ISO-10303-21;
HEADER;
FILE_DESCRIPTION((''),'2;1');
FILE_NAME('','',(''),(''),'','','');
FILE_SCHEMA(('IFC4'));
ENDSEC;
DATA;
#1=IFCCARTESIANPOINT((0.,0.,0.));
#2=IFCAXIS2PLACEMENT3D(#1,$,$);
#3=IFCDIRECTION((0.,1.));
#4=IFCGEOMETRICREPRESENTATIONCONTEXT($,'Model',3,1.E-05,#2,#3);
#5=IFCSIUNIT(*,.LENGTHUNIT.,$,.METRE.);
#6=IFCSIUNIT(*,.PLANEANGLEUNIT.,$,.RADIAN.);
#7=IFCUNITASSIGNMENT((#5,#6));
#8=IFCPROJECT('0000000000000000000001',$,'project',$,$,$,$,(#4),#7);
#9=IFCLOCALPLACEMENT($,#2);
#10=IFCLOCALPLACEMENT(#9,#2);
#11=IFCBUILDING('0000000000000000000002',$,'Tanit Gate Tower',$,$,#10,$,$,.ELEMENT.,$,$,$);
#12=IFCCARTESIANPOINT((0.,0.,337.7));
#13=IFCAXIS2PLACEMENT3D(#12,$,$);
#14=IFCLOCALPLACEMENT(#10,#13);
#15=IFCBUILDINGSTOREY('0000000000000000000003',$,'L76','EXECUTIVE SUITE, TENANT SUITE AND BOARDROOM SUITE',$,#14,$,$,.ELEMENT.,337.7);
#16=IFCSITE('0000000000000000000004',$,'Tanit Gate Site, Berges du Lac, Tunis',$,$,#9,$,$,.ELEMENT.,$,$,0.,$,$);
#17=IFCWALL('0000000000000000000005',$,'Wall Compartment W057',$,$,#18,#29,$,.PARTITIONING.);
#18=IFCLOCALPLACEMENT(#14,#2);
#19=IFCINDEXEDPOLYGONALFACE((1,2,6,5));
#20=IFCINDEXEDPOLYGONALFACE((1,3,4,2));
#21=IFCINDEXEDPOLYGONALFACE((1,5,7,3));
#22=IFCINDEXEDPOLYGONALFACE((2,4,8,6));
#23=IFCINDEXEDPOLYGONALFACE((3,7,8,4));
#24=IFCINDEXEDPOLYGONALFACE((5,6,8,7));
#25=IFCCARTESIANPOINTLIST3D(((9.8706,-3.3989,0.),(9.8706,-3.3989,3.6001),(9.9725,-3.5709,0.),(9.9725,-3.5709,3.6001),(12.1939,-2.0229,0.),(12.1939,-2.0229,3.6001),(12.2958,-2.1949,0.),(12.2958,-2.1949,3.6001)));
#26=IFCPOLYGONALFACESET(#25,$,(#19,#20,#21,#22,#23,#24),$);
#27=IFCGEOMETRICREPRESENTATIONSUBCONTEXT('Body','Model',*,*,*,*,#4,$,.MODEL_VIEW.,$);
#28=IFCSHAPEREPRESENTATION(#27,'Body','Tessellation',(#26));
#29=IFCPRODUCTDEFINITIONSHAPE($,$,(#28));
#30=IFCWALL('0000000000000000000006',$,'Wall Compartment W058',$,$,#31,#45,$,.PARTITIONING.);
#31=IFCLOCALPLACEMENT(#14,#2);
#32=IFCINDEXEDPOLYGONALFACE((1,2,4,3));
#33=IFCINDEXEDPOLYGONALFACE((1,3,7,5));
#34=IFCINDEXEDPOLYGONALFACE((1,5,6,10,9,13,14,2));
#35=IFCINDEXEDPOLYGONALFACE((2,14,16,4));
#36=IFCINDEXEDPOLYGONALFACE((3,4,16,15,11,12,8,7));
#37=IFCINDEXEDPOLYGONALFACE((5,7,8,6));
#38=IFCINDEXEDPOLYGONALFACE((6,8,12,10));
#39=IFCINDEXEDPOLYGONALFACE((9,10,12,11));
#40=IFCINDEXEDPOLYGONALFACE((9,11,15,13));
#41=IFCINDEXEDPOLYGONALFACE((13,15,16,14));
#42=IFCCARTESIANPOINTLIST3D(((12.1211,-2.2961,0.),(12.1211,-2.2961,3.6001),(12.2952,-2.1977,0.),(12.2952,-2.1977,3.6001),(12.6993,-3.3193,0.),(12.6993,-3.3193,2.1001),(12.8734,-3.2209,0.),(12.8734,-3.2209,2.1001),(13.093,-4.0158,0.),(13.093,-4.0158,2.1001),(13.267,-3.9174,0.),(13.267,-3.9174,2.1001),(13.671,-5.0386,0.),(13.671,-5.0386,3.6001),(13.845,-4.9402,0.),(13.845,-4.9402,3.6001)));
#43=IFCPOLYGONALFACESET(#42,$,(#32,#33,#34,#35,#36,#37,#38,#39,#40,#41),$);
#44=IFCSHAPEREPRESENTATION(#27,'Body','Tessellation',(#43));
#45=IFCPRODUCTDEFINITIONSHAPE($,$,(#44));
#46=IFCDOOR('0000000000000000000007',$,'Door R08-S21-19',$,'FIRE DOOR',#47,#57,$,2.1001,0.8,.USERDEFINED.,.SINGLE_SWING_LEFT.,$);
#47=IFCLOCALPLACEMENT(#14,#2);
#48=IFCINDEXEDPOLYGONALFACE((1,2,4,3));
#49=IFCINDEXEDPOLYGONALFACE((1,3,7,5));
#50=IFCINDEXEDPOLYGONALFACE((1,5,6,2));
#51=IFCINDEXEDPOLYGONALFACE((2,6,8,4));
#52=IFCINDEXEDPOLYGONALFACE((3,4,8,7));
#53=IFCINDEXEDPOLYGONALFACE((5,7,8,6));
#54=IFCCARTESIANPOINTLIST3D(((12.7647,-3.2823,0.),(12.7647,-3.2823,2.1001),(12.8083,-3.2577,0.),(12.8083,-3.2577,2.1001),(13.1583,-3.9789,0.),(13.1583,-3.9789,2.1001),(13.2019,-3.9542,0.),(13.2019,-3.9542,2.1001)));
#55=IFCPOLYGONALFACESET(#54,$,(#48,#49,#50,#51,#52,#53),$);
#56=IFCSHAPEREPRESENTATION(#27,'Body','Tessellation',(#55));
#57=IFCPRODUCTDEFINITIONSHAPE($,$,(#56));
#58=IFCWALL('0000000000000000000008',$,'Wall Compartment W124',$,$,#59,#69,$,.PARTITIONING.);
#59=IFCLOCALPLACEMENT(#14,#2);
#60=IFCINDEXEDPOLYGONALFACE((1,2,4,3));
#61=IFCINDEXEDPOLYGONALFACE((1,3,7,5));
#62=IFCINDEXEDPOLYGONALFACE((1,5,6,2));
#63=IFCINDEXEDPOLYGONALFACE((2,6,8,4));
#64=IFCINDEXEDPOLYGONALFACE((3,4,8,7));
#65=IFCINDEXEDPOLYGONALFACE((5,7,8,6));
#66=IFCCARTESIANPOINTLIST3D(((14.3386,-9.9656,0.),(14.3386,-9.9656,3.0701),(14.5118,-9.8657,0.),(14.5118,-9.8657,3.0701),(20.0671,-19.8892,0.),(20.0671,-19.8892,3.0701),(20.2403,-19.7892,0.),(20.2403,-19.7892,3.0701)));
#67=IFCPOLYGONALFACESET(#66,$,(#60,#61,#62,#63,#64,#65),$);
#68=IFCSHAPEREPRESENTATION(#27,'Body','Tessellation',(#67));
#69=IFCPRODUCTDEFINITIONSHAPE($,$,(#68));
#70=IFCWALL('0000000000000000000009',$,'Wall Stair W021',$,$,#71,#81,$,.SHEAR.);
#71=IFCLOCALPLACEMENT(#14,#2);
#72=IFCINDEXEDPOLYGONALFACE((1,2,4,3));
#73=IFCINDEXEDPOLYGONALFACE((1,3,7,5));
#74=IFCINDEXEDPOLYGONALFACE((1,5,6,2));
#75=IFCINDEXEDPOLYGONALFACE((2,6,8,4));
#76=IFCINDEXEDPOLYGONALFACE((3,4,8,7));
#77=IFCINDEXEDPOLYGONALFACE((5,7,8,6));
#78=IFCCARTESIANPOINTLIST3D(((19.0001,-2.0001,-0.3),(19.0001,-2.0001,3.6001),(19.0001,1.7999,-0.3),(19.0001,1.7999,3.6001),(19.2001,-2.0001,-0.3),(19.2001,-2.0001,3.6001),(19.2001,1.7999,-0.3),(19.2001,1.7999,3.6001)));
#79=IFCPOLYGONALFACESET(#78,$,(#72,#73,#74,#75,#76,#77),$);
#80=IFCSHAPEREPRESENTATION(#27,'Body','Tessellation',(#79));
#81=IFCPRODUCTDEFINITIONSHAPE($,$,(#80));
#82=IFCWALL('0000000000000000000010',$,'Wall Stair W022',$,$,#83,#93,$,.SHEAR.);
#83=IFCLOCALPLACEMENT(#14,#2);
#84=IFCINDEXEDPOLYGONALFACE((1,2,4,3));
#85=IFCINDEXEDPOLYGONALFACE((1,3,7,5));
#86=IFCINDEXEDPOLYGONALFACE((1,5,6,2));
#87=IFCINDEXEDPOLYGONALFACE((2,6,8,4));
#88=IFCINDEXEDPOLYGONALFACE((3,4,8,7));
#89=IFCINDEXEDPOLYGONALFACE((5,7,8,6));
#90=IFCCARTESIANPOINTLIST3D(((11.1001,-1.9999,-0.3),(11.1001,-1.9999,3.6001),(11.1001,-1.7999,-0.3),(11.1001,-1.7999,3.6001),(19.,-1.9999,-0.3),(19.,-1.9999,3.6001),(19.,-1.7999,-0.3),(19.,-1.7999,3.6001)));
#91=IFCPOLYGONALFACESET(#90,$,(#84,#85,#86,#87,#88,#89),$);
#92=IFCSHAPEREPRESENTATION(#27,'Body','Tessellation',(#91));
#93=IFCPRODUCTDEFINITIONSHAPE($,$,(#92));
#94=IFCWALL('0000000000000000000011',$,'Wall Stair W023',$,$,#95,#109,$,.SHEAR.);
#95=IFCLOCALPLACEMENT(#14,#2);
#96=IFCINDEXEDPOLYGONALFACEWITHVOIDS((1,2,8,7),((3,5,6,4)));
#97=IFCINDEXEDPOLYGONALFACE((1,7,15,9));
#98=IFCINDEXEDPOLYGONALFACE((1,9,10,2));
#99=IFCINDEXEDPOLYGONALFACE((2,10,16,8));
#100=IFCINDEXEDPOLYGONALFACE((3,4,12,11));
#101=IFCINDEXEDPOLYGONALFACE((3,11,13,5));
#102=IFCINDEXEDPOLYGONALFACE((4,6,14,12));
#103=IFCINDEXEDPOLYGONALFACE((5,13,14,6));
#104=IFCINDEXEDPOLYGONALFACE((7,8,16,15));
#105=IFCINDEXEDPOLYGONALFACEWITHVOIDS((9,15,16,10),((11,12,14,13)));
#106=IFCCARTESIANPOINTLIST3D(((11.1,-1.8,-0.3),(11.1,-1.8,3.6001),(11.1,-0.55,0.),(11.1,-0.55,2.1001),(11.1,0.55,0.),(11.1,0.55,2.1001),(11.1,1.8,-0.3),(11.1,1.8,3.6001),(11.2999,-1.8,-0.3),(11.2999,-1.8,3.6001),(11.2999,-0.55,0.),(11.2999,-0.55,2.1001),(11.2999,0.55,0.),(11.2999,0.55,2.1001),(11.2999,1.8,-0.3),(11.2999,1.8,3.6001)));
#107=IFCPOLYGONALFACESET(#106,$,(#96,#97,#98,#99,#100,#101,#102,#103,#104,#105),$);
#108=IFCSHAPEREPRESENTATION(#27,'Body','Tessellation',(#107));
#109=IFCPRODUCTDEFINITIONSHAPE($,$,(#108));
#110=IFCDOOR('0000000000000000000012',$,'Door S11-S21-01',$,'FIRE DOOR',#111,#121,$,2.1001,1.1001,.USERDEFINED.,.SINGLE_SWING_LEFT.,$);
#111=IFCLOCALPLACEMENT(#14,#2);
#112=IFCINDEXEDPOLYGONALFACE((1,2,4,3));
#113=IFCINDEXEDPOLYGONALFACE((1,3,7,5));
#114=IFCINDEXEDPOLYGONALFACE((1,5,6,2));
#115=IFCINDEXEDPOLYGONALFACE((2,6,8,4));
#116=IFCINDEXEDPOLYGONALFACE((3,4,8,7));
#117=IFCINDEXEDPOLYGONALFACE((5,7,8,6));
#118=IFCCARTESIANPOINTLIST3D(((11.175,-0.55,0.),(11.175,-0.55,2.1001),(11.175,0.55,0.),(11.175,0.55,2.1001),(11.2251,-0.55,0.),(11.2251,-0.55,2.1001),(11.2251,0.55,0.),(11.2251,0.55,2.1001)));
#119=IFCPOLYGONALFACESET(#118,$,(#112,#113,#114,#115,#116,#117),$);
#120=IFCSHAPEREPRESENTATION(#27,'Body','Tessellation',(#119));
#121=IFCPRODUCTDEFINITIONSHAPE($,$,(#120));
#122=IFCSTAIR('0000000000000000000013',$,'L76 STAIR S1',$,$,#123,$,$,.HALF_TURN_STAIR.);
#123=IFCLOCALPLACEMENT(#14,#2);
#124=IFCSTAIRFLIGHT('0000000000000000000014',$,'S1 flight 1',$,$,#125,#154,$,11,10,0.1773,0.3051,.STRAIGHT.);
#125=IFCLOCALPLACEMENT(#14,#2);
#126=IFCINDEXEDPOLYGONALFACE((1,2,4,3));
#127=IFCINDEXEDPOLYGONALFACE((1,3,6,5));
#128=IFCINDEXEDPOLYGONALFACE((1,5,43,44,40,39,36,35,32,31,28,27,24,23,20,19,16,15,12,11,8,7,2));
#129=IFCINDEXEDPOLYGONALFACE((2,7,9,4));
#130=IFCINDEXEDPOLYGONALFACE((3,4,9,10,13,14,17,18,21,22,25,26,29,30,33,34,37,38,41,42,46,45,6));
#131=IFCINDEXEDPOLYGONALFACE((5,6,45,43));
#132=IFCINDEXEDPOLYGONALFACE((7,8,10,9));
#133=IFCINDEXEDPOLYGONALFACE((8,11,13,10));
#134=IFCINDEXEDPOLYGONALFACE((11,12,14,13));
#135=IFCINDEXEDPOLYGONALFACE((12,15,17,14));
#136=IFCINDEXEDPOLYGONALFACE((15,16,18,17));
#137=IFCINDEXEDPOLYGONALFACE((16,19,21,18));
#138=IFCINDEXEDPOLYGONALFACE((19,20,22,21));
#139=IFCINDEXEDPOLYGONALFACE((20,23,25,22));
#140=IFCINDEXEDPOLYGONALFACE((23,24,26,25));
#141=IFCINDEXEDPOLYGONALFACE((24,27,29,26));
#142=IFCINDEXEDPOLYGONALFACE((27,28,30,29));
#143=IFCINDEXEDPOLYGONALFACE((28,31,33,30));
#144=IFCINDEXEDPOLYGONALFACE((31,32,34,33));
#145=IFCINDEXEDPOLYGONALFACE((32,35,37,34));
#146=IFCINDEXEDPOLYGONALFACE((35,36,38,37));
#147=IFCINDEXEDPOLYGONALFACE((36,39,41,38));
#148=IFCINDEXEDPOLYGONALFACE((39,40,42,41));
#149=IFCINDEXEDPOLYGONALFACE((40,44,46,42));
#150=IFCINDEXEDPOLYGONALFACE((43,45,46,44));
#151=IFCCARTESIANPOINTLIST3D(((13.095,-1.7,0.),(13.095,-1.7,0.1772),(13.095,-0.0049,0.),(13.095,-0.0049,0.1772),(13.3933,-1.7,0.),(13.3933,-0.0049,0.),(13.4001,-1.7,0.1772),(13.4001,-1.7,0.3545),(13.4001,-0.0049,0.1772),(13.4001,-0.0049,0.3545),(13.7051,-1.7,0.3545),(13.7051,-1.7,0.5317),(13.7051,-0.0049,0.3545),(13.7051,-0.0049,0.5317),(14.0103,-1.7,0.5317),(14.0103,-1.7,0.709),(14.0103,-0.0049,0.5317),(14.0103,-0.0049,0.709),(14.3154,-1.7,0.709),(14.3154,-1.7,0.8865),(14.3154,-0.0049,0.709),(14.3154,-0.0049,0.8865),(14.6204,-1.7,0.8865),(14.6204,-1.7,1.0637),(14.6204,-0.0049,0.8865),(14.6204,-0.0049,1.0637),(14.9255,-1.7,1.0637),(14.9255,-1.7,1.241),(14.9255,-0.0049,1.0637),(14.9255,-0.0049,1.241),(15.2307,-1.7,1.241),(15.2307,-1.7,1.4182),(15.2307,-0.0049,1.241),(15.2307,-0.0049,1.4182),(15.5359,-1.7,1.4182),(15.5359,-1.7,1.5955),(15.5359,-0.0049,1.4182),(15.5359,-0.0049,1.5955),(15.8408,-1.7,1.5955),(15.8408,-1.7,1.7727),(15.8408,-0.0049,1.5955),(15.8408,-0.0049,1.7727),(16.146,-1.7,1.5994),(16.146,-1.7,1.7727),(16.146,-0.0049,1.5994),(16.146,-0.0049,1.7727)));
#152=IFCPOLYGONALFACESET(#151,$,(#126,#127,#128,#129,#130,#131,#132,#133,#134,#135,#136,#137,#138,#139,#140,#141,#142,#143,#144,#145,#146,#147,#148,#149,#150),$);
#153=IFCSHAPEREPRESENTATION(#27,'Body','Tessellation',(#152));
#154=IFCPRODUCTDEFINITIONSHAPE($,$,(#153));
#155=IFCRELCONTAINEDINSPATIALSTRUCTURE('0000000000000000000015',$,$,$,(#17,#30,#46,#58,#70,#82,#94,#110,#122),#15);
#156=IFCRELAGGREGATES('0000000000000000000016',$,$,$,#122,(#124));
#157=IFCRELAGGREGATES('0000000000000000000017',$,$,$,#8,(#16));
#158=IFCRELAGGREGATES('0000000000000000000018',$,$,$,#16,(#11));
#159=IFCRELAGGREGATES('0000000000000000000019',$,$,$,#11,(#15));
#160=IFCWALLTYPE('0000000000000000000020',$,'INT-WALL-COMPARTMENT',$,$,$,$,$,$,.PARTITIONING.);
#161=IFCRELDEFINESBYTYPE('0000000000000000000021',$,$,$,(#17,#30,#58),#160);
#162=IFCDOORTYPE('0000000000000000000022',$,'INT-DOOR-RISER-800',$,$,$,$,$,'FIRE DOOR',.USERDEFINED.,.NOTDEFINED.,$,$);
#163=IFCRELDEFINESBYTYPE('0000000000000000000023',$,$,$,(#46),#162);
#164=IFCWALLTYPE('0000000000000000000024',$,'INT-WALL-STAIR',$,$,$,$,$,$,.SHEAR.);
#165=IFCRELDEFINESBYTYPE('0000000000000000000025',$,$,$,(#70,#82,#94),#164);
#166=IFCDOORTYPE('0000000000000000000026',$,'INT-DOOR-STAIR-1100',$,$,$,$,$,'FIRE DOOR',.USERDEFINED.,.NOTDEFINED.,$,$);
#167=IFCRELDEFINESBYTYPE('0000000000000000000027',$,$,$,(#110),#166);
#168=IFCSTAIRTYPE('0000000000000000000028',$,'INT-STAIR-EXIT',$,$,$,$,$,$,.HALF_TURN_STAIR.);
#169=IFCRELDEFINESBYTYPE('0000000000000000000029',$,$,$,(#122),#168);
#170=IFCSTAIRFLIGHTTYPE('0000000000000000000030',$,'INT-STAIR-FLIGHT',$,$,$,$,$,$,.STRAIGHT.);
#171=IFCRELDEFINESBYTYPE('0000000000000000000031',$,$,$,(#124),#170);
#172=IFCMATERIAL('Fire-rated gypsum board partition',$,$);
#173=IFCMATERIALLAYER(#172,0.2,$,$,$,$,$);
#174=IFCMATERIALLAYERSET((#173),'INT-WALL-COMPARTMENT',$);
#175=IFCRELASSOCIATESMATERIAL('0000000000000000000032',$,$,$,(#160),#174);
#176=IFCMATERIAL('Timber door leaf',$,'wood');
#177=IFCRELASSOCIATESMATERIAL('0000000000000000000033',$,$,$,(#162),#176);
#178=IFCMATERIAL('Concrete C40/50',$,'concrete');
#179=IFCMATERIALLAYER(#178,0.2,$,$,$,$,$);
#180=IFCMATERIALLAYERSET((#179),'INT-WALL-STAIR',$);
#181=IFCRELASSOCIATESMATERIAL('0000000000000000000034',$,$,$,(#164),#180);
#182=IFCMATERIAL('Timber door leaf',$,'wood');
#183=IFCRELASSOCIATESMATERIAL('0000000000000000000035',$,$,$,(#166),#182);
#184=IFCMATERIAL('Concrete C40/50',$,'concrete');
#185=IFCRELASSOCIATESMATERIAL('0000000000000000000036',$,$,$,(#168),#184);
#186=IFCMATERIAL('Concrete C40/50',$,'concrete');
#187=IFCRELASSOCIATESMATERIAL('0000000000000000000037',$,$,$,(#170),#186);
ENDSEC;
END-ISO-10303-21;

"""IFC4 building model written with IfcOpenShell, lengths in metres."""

from ifc_helpers import new_model, si_unit, direction, frame, frame_2d, origin, place, context, subcontext, project, spatial, polyline, rectangle, outline, extrude, material, layer, layer_set, type_object, element, fill, aggregate, save


model = new_model("IFC4")

# Units and contexts
model_context = context("Model", 3, precision=1e-05, world=origin(), true_north=direction((0.0, 1.0)))
body_context = subcontext(model_context, "Body", "Model", "MODEL_VIEW")
ifc_project = project(units=[si_unit("LENGTHUNIT", "METRE"), si_unit("PLANEANGLEUNIT", "RADIAN")], contexts=[model_context])

# Site, building, storey
site_placement = place(None, origin())
site = spatial("IfcSite", under=ifc_project, at=site_placement, Name="Tanit Gate Site, Berges du Lac, Tunis", CompositionType="ELEMENT", RefElevation=0.0)
building_placement = place(site_placement, origin())
building = spatial("IfcBuilding", under=site, at=building_placement, Name="Tanit Gate Tower", CompositionType="ELEMENT")
storey_placement = place(building_placement, frame((0.0, 0.0, 337.7)))
storey = spatial("IfcBuildingStorey", under=building, at=storey_placement, Name="L76", Description="EXECUTIVE SUITE, TENANT SUITE AND BOARDROOM SUITE", CompositionType="ELEMENT", Elevation=337.7)

# Wall
ifc_material_1 = material(Name="Fire-rated gypsum board partition")
ifc_layer_1 = layer(ifc_material_1, 0.2)
ifc_layer_set_1 = layer_set([ifc_layer_1], Name="INT-WALL-COMPARTMENT")
wall_type_1 = type_object("IfcWallType", Name="INT-WALL-COMPARTMENT", PredefinedType="PARTITIONING", material=ifc_layer_set_1)
wall_1_placement = place(storey_placement, frame((12.2449, -2.1089, 0.0), z_axis=(0.0, 0.0, 1.0), x_axis=(-0.860415, -0.509594, 0.0)))
element("IfcWall", 1, at=wall_1_placement, inside=storey, type_object=wall_type_1, Name="Wall Compartment W057", PredefinedType="PARTITIONING", context=body_context, shape_type="SweptSolid", body=[
    extrude(rectangle(XDim=2.7002, YDim=0.2, at=frame_2d((1.3501, 0.0))), origin(), (0.0, 0.0, 1.0), 3.6001),
])

# Wall, opening, door
wall_2_placement = place(storey_placement, frame((13.7581, -4.9895, 0.0), z_axis=(0.0, 0.0, 1.0), x_axis=(-0.491993, 0.870599, 0.0)))
wall_2 = element("IfcWall", 2, at=wall_2_placement, inside=storey, type_object=wall_type_1, Name="Wall Compartment W058", PredefinedType="PARTITIONING", context=body_context, shape_type="SweptSolid", body=[
    extrude(rectangle(XDim=3.1501, YDim=0.2, at=frame_2d((1.5752, 0.0))), origin(), (0.0, 0.0, 1.0), 3.6001),
])
opening_1_placement = place(wall_2_placement, frame((1.175, 0.0, 0.0)))
opening_1 = element("IfcOpeningElement", 3, at=opening_1_placement, cuts=wall_2, PredefinedType="OPENING", context=body_context, shape_type="SweptSolid", body=[
    extrude(rectangle(XDim=0.8, YDim=2.1001, at=frame_2d((0.3999, 1.05))), frame((0.0, 0.1099, 0.0), z_axis=(0.0, -1.0, 0.0), x_axis=(1.0, 0.0, 0.0)), (0.0, 0.0, 1.0), 0.22),
])
ifc_material_2 = material(Name="Timber door leaf", Category="wood")
door_type_1 = type_object("IfcDoorType", Name="INT-DOOR-RISER-800", ElementType="FIRE DOOR", OperationType="NOTDEFINED", PredefinedType="USERDEFINED", material=ifc_material_2)
door_1_placement = place(opening_1_placement, origin())
door_1 = element("IfcDoor", 4, at=door_1_placement, inside=storey, type_object=door_type_1, Name="Door R08-S21-19", ObjectType="FIRE DOOR", OperationType="SINGLE_SWING_LEFT", OverallHeight=2.1001, OverallWidth=0.8, PredefinedType="USERDEFINED", context=body_context, shape_type="SweptSolid", body=[
    extrude(rectangle(XDim=0.8, YDim=2.1001, at=frame_2d((0.3999, 1.05))), frame((0.0, 0.0249, 0.0), z_axis=(0.0, -1.0, 0.0), x_axis=(1.0, 0.0, 0.0)), (0.0, 0.0, 1.0), 0.05),
])
fill(opening_1, door_1)

# Walls
wall_3_placement = place(storey_placement, frame((14.4253, -9.9158, 0.0), z_axis=(0.0, 0.0, 1.0), x_axis=(0.499943, -0.866058, 0.0)))
element("IfcWall", 5, at=wall_3_placement, inside=storey, type_object=wall_type_1, Name="Wall Compartment W124", PredefinedType="PARTITIONING", context=body_context, shape_type="SweptSolid", body=[
    extrude(rectangle(XDim=11.4583, YDim=0.2, at=frame_2d((5.729, 0.0))), origin(), (0.0, 0.0, 1.0), 3.0701),
])
ifc_material_3 = material(Name="Concrete C40/50", Category="concrete")
ifc_layer_2 = layer(ifc_material_3, 0.2)
ifc_layer_set_2 = layer_set([ifc_layer_2], Name="INT-WALL-STAIR")
wall_type_2 = type_object("IfcWallType", Name="INT-WALL-STAIR", PredefinedType="SHEAR", material=ifc_layer_set_2)
wall_4_placement = place(storey_placement, frame((19.1001, -2.0, -0.3), z_axis=(0.0, 0.0, 1.0), x_axis=(0.0, 1.0, 0.0)))
element("IfcWall", 6, at=wall_4_placement, inside=storey, type_object=wall_type_2, Name="Wall Stair W021", PredefinedType="SHEAR", context=body_context, shape_type="SweptSolid", body=[
    extrude(rectangle(XDim=3.8, YDim=0.2, at=frame_2d((1.8999, 0.0))), origin(), (0.0, 0.0, 1.0), 3.9001),
])
wall_5_placement = place(storey_placement, frame((11.1001, -1.8999, -0.3), z_axis=(0.0, 0.0, 1.0), x_axis=(1.0, 0.0, 0.0)))
element("IfcWall", 7, at=wall_5_placement, inside=storey, type_object=wall_type_2, Name="Wall Stair W022", PredefinedType="SHEAR", context=body_context, shape_type="SweptSolid", body=[
    extrude(rectangle(XDim=7.8999, YDim=0.2, at=frame_2d((3.95, 0.0))), origin(), (0.0, 0.0, 1.0), 3.9001),
])

# Wall, opening, door
wall_6_placement = place(storey_placement, frame((11.2, -1.8, -0.3), z_axis=(0.0, 0.0, 1.0), x_axis=(0.0, 1.0, 0.0)))
wall_6 = element("IfcWall", 8, at=wall_6_placement, inside=storey, type_object=wall_type_2, Name="Wall Stair W023", PredefinedType="SHEAR", context=body_context, shape_type="SweptSolid", body=[
    extrude(rectangle(XDim=3.6001, YDim=0.2, at=frame_2d((1.8, 0.0))), origin(), (0.0, 0.0, 1.0), 3.9001),
])
opening_2_placement = place(wall_6_placement, frame((1.25, 0.0, 0.3)))
opening_2 = element("IfcOpeningElement", 9, at=opening_2_placement, cuts=wall_6, PredefinedType="OPENING", context=body_context, shape_type="SweptSolid", body=[
    extrude(rectangle(XDim=1.1001, YDim=2.1001, at=frame_2d((0.55, 1.05))), frame((0.0, 0.1099, 0.0), z_axis=(0.0, -1.0, 0.0), x_axis=(1.0, 0.0, 0.0)), (0.0, 0.0, 1.0), 0.22),
])
ifc_material_4 = material(Name="Timber door leaf", Category="wood")
door_type_2 = type_object("IfcDoorType", Name="INT-DOOR-STAIR-1100", ElementType="FIRE DOOR", OperationType="NOTDEFINED", PredefinedType="USERDEFINED", material=ifc_material_4)
door_2_placement = place(opening_2_placement, origin())
door_2 = element("IfcDoor", 10, at=door_2_placement, inside=storey, type_object=door_type_2, Name="Door S11-S21-01", ObjectType="FIRE DOOR", OperationType="SINGLE_SWING_LEFT", OverallHeight=2.1001, OverallWidth=1.1001, PredefinedType="USERDEFINED", context=body_context, shape_type="SweptSolid", body=[
    extrude(rectangle(XDim=1.1001, YDim=2.1001, at=frame_2d((0.55, 1.05))), frame((0.0, 0.0249, 0.0), z_axis=(0.0, -1.0, 0.0), x_axis=(1.0, 0.0, 0.0)), (0.0, 0.0, 1.0), 0.05),
])
fill(opening_2, door_2)

# Stair, stair flight
ifc_material_5 = material(Name="Concrete C40/50", Category="concrete")
stair_type = type_object("IfcStairType", Name="INT-STAIR-EXIT", PredefinedType="HALF_TURN_STAIR", material=ifc_material_5)
stair_placement = place(storey_placement, origin())
stair = element("IfcStair", 11, at=stair_placement, inside=storey, type_object=stair_type, Name="L76 STAIR S1", PredefinedType="HALF_TURN_STAIR")
ifc_material_6 = material(Name="Concrete C40/50", Category="concrete")
stair_flight_type = type_object("IfcStairFlightType", Name="INT-STAIR-FLIGHT", PredefinedType="STRAIGHT", material=ifc_material_6)
stair_flight_placement = place(storey_placement, frame((13.095, -0.8525, 0.0), z_axis=(0.0, 0.0, 1.0), x_axis=(1.0, 0.0, 0.0)))
stair_flight = element("IfcStairFlight", 12, at=stair_flight_placement, type_object=stair_flight_type, Name="S1 flight 1", NumberOfRisers=11, NumberOfTreads=10, PredefinedType="STRAIGHT", RiserHeight=0.1773, TreadLength=0.3051, context=body_context, shape_type="SweptSolid", body=[
    extrude(outline(polyline([(0.0, 0.0), (0.0, 0.1772), (0.3052, 0.1772), (0.3052, 0.3545), (0.6101, 0.3545), (0.6101, 0.5317), (0.9153, 0.5317), (0.9153, 0.709), (1.2205, 0.709), (1.2205, 0.8865), (1.5254, 0.8865), (1.5254, 1.0637), (1.8306, 1.0637), (1.8306, 1.241), (2.1357, 1.241), (2.1357, 1.4182), (2.4409, 1.4182), (2.4409, 1.5955), (2.7458, 1.5955), (2.7458, 1.7727), (3.051, 1.7727), (3.051, 1.95), (3.051, 1.5994), (0.2983, 0.0), (0.0, 0.0)])), frame((0.0, 0.8477, 0.0), z_axis=(0.0, -1.0, 0.0), x_axis=(1.0, 0.0, 0.0)), (0.0, 0.0, 1.0), 1.6951),
])
aggregate(stair, [stair_flight])

save(model, "model.ifc")
